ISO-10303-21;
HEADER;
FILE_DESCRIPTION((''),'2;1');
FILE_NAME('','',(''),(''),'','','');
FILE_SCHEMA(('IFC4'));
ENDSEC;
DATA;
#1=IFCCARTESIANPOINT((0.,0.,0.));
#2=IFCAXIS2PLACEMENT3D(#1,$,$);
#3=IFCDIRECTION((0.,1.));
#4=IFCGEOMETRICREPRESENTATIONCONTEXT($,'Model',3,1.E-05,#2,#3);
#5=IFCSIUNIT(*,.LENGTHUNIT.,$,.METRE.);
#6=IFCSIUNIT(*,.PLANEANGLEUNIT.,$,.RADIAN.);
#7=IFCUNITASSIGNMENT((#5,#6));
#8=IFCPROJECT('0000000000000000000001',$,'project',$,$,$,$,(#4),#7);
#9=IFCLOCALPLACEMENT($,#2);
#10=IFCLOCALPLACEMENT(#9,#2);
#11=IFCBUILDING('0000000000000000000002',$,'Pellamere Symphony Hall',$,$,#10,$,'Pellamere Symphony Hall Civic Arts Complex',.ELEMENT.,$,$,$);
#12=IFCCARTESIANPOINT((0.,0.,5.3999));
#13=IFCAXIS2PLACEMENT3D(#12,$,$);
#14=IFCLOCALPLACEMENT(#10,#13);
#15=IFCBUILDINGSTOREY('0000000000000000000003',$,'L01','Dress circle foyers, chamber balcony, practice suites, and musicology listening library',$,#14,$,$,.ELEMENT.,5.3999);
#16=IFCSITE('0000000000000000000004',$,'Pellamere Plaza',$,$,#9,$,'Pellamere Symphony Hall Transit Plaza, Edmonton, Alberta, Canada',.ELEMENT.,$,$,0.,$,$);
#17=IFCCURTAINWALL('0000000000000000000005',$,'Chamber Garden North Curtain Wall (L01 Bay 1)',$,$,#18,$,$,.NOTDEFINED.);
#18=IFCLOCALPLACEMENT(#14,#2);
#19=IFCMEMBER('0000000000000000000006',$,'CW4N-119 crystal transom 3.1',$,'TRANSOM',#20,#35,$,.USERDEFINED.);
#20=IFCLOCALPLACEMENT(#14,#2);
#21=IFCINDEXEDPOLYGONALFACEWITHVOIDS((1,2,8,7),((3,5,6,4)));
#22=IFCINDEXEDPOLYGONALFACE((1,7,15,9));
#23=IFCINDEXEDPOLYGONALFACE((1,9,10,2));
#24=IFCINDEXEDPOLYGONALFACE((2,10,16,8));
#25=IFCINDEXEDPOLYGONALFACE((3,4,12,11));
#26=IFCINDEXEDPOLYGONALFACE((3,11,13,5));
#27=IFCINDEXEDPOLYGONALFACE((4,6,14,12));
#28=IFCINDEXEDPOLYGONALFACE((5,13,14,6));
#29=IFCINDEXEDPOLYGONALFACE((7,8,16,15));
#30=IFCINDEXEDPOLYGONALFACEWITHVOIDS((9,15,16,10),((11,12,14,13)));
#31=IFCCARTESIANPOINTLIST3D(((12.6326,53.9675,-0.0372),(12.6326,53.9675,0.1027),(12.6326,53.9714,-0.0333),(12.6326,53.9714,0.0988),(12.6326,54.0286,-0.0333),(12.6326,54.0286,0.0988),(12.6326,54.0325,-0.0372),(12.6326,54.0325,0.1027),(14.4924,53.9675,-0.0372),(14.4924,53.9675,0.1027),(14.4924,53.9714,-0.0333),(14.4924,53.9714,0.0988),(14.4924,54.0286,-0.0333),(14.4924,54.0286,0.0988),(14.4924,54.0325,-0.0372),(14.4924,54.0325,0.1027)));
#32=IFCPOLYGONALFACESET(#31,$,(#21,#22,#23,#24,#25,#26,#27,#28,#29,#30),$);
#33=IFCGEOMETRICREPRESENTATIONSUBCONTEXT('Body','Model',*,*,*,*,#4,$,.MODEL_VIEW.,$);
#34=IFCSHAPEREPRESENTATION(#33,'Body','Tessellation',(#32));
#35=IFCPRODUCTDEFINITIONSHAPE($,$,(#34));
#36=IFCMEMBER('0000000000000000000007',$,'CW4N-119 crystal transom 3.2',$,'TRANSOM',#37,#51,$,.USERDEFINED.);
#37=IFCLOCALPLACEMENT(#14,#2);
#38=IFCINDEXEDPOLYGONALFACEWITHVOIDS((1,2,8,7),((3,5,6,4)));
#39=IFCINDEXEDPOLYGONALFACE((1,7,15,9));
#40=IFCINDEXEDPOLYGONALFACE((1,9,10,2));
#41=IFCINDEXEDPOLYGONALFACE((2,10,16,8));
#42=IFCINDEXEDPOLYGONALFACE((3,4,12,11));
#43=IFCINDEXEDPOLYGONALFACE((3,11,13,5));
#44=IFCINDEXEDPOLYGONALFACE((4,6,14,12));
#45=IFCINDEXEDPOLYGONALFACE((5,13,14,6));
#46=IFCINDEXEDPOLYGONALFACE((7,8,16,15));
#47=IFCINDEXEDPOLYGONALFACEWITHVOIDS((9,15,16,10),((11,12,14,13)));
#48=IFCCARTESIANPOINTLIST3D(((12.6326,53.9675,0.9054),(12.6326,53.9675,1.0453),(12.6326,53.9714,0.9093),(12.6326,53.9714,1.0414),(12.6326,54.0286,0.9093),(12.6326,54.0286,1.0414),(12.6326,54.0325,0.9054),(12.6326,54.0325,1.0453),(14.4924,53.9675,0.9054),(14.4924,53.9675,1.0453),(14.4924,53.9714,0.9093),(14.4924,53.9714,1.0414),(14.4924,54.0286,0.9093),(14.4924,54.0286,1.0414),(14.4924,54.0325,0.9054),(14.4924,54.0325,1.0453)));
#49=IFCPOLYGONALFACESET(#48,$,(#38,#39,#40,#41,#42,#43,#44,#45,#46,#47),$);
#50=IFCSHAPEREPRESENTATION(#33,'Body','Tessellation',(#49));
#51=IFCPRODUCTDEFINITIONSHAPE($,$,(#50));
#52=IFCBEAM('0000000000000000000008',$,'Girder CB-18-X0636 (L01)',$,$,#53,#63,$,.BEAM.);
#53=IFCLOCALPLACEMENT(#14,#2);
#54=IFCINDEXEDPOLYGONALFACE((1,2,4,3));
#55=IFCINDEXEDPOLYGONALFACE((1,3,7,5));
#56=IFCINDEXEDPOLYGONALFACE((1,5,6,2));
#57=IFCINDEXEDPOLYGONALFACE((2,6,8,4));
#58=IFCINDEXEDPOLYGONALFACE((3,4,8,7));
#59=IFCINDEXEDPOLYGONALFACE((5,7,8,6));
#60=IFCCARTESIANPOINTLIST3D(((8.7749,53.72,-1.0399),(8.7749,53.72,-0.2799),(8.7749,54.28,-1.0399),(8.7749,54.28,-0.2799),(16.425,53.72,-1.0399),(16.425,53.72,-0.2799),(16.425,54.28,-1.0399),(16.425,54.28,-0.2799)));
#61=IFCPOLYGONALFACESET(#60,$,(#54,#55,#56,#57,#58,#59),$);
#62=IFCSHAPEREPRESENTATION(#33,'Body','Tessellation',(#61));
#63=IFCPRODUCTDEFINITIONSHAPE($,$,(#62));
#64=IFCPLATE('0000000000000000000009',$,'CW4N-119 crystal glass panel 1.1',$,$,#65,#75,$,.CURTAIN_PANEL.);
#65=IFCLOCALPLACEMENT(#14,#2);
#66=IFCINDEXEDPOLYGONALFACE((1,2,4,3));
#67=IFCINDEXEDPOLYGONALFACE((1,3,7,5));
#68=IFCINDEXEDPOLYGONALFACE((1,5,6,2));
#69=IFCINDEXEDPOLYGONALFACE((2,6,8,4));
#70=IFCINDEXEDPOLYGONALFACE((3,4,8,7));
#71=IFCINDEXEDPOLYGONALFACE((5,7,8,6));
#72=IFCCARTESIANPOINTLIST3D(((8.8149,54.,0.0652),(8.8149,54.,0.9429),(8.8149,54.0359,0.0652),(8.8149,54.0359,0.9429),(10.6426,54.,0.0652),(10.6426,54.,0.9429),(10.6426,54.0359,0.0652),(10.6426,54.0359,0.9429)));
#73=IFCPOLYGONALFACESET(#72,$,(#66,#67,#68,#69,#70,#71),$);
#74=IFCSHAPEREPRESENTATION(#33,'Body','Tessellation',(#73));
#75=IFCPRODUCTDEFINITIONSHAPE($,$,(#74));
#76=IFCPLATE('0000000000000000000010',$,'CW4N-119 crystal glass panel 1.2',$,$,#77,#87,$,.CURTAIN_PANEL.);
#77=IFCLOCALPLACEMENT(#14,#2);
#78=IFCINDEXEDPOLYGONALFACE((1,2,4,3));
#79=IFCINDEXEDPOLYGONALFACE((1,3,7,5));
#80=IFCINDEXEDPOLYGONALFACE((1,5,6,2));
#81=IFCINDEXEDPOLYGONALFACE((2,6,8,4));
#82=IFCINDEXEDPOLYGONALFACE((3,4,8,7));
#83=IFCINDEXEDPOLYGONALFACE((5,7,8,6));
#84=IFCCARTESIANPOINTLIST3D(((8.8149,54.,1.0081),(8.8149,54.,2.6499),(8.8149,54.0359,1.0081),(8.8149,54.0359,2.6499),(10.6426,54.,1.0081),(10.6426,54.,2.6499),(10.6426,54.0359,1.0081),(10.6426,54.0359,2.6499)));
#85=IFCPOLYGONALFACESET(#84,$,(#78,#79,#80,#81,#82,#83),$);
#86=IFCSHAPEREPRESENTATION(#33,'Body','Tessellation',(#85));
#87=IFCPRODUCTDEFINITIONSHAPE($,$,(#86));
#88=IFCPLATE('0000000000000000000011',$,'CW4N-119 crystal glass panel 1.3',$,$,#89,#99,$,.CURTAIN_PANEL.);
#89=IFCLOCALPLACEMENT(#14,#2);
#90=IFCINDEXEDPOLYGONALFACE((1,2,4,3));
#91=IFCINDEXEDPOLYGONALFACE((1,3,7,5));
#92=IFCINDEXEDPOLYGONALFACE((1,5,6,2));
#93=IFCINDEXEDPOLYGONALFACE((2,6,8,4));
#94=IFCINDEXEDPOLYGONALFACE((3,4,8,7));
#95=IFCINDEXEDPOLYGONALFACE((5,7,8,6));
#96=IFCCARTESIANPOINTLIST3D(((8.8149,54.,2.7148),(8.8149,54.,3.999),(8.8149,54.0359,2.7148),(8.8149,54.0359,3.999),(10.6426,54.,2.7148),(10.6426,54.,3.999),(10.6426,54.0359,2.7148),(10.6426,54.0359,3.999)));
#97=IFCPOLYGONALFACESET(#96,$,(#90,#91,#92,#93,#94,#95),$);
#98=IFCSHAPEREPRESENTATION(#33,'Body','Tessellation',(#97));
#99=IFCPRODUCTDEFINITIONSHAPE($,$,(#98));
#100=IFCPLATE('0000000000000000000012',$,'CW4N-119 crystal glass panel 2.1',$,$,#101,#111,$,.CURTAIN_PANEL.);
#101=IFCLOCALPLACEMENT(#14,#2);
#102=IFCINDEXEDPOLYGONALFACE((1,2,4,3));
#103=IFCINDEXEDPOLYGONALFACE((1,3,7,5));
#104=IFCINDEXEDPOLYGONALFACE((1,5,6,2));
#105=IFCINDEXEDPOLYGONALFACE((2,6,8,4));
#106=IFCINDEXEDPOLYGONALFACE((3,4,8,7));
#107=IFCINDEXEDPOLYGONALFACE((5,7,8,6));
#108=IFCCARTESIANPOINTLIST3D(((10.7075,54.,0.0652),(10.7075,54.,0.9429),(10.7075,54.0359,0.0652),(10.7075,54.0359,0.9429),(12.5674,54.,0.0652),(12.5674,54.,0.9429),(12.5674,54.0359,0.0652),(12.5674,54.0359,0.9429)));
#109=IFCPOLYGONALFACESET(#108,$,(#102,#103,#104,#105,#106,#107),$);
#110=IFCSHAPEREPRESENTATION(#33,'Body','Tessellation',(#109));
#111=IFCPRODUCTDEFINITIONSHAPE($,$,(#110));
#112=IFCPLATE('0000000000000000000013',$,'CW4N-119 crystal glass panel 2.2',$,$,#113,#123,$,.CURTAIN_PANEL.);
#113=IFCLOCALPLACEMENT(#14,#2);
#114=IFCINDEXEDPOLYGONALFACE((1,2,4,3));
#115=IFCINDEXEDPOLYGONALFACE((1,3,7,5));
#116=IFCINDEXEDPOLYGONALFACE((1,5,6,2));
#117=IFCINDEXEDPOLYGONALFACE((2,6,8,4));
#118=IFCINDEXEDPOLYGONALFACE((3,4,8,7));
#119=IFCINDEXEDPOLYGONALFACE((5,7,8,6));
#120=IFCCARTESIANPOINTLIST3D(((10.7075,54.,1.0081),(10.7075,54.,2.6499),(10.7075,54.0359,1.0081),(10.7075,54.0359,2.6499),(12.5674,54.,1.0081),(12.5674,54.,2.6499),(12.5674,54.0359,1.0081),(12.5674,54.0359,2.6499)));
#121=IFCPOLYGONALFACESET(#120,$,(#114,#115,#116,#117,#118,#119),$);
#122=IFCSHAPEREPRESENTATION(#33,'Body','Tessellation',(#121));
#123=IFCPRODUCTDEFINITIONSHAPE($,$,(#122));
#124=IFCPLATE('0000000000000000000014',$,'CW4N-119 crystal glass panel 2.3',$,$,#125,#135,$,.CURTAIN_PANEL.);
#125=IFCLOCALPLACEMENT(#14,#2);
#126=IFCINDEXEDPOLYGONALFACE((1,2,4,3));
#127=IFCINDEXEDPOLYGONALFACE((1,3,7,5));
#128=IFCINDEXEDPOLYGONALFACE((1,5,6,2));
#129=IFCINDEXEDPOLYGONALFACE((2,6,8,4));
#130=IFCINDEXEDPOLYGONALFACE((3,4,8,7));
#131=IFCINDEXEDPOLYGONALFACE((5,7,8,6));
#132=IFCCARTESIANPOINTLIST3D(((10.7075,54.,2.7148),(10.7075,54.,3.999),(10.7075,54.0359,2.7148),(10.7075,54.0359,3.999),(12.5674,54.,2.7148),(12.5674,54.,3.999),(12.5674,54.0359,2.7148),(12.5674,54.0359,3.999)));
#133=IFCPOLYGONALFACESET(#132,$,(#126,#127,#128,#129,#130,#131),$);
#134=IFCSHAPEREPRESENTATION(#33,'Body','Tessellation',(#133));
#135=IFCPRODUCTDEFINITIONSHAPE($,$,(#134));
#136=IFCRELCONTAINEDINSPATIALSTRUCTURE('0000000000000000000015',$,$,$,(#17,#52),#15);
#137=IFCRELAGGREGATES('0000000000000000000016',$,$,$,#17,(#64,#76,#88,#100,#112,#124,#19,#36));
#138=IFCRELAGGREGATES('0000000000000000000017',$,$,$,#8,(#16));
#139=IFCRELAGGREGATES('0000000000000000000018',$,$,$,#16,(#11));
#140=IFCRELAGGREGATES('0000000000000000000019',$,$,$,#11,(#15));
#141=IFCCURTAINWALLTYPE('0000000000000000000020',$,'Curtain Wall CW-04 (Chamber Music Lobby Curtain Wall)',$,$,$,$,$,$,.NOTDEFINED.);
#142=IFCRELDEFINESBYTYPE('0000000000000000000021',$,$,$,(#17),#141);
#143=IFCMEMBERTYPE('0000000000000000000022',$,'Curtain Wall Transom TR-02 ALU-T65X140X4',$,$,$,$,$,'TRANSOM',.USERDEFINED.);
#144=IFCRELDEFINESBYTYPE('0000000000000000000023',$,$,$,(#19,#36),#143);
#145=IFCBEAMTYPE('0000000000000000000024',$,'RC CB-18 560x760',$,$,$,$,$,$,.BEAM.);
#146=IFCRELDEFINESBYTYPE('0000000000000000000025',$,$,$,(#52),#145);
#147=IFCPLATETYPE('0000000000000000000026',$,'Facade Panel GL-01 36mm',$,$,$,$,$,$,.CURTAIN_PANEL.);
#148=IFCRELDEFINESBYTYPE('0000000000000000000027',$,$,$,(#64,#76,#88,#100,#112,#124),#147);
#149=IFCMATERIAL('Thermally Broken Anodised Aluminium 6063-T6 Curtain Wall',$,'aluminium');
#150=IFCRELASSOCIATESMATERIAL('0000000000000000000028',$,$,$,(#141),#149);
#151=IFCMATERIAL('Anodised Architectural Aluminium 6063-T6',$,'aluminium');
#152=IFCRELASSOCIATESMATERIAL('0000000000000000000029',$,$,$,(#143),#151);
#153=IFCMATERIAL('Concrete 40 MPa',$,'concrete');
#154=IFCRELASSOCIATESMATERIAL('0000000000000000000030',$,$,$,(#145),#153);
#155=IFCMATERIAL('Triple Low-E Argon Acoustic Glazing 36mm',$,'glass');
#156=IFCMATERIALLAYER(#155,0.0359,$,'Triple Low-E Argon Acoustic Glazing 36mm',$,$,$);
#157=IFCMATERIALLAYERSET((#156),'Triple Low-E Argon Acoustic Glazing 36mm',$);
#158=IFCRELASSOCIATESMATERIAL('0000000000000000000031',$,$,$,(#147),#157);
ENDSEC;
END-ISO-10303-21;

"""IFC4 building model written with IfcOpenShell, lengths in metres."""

from ifc_helpers import new_model, si_unit, direction, frame, origin, origin_2d, place, context, subcontext, project, spatial, polyline, rectangle, hollow_rectangle, outline, extrude, material, layer, layer_set, material_profile, profile_set, type_object, element, aggregate, save


model = new_model("IFC4")

# Units and contexts
model_context = context("Model", 3, precision=1e-05, world=origin(), true_north=direction((0.0, 1.0)))
body_context = subcontext(model_context, "Body", "Model", "MODEL_VIEW")
ifc_project = project(units=[si_unit("LENGTHUNIT", "METRE"), si_unit("PLANEANGLEUNIT", "RADIAN")], contexts=[model_context])

# Site, building, storey
site_placement = place(None, origin())
site = spatial("IfcSite", under=ifc_project, at=site_placement, Name="Pellamere Plaza", LongName="Pellamere Symphony Hall Transit Plaza, Edmonton, Alberta, Canada", CompositionType="ELEMENT", RefElevation=0.0)
building_placement = place(site_placement, origin())
building = spatial("IfcBuilding", under=site, at=building_placement, Name="Pellamere Symphony Hall", LongName="Pellamere Symphony Hall Civic Arts Complex", CompositionType="ELEMENT")
storey_placement = place(building_placement, frame((0.0, 0.0, 5.3999)))
storey = spatial("IfcBuildingStorey", under=building, at=storey_placement, Name="L01", Description="Dress circle foyers, chamber balcony, practice suites, and musicology listening library", CompositionType="ELEMENT", Elevation=5.3999)

# Curtain wall, members
ifc_material_1 = material(Name="Thermally Broken Anodised Aluminium 6063-T6 Curtain Wall", Category="aluminium")
curtain_wall_type = type_object("IfcCurtainWallType", Name="Curtain Wall CW-04 (Chamber Music Lobby Curtain Wall)", PredefinedType="NOTDEFINED", material=ifc_material_1)
curtain_wall_placement = place(storey_placement, origin())
curtain_wall = element("IfcCurtainWall", 1, at=curtain_wall_placement, inside=storey, type_object=curtain_wall_type, Name="Chamber Garden North Curtain Wall (L01 Bay 1)", PredefinedType="NOTDEFINED")
ifc_material_2 = material(Name="Anodised Architectural Aluminium 6063-T6", Category="aluminium")
ifc_material_profile_1 = material_profile(ifc_material_2, hollow_rectangle(XDim=0.0649, YDim=0.1399, WallThickness=0.0039, at=origin_2d()), Name="ALU-T65X140X4")
ifc_profile_set_1 = profile_set([ifc_material_profile_1], Name="Anodised Architectural Aluminium 6063-T6")
member_type_1 = type_object("IfcMemberType", Name="Curtain Wall Transom TR-02 ALU-T65X140X4", ElementType="TRANSOM", PredefinedType="USERDEFINED", material=ifc_profile_set_1)
member_1_placement = place(storey_placement, frame((12.6326, 54.0, 0.0327), z_axis=(1.0, 0.0, 0.0), x_axis=(0.0, 1.0, 0.0)))
member_1 = element("IfcMember", 2, at=member_1_placement, type_object=member_type_1, Name="CW4N-119 crystal transom 3.1", ObjectType="TRANSOM", PredefinedType="USERDEFINED", context=body_context, shape_type="SweptSolid", body=[
    extrude(hollow_rectangle(XDim=0.0649, YDim=0.1399, WallThickness=0.0039, at=origin_2d()), origin(), (0.0, 0.0, 1.0), 1.8599),
])
member_2_placement = place(storey_placement, frame((12.6326, 54.0, 0.9753), z_axis=(1.0, 0.0, 0.0), x_axis=(0.0, 1.0, 0.0)))
member_2 = element("IfcMember", 3, at=member_2_placement, type_object=member_type_1, Name="CW4N-119 crystal transom 3.2", ObjectType="TRANSOM", PredefinedType="USERDEFINED", context=body_context, shape_type="SweptSolid", body=[
    extrude(hollow_rectangle(XDim=0.0649, YDim=0.1399, WallThickness=0.0039, at=origin_2d()), origin(), (0.0, 0.0, 1.0), 1.8599),
])

# Beam
ifc_material_3 = material(Name="Concrete 40 MPa", Category="concrete")
ifc_material_profile_2 = material_profile(ifc_material_3, rectangle(XDim=0.5601, YDim=0.76, at=origin_2d()), Name="RC 560x760")
ifc_profile_set_2 = profile_set([ifc_material_profile_2], Name="Concrete 40 MPa")
beam_type = type_object("IfcBeamType", Name="RC CB-18 560x760", PredefinedType="BEAM", material=ifc_profile_set_2)
beam_placement = place(storey_placement, frame((8.7749, 54.0, -0.6599), z_axis=(1.0, 0.0, 0.0), x_axis=(0.0, 1.0, 0.0)))
element("IfcBeam", 4, at=beam_placement, inside=storey, type_object=beam_type, Name="Girder CB-18-X0636 (L01)", PredefinedType="BEAM", context=body_context, shape_type="SweptSolid", body=[
    extrude(rectangle(XDim=0.5601, YDim=0.76, at=origin_2d()), origin(), (0.0, 0.0, 1.0), 7.6501),
])

# Plates
ifc_material_4 = material(Name="Triple Low-E Argon Acoustic Glazing 36mm", Category="glass")
ifc_layer = layer(ifc_material_4, 0.0359, Name="Triple Low-E Argon Acoustic Glazing 36mm")
ifc_layer_set = layer_set([ifc_layer], Name="Triple Low-E Argon Acoustic Glazing 36mm")
plate_type = type_object("IfcPlateType", Name="Facade Panel GL-01 36mm", PredefinedType="CURTAIN_PANEL", material=ifc_layer_set)
plate_1_placement = place(storey_placement, frame((8.8149, 54.0, 0.0652), z_axis=(0.0, -1.0, 0.0), x_axis=(1.0, 0.0, 0.0)))
plate_1 = element("IfcPlate", 5, at=plate_1_placement, type_object=plate_type, Name="CW4N-119 crystal glass panel 1.1", PredefinedType="CURTAIN_PANEL", context=body_context, shape_type="SweptSolid", body=[
    extrude(outline(polyline([(0.0, 0.0), (1.8276, 0.0), (1.8276, 0.8777), (0.0, 0.8777), (0.0, 0.0)])), origin(), (0.0, 0.0, -1.0), 0.0359),
])
plate_2_placement = place(storey_placement, frame((8.8149, 54.0, 1.0081), z_axis=(0.0, -1.0, 0.0), x_axis=(1.0, 0.0, 0.0)))
plate_2 = element("IfcPlate", 6, at=plate_2_placement, type_object=plate_type, Name="CW4N-119 crystal glass panel 1.2", PredefinedType="CURTAIN_PANEL", context=body_context, shape_type="SweptSolid", body=[
    extrude(outline(polyline([(0.0, 0.0), (1.8276, 0.0), (1.8276, 1.6418), (0.0, 1.6418), (0.0, 0.0)])), origin(), (0.0, 0.0, -1.0), 0.0359),
])
plate_3_placement = place(storey_placement, frame((8.8149, 54.0, 2.7148), z_axis=(0.0, -1.0, 0.0), x_axis=(1.0, 0.0, 0.0)))
plate_3 = element("IfcPlate", 7, at=plate_3_placement, type_object=plate_type, Name="CW4N-119 crystal glass panel 1.3", PredefinedType="CURTAIN_PANEL", context=body_context, shape_type="SweptSolid", body=[
    extrude(outline(polyline([(0.0, 0.0), (1.8276, 0.0), (1.8276, 1.2842), (0.0, 1.2842), (0.0, 0.0)])), origin(), (0.0, 0.0, -1.0), 0.0359),
])
plate_4_placement = place(storey_placement, frame((10.7075, 54.0, 0.0652), z_axis=(0.0, -1.0, 0.0), x_axis=(1.0, 0.0, 0.0)))
plate_4 = element("IfcPlate", 8, at=plate_4_placement, type_object=plate_type, Name="CW4N-119 crystal glass panel 2.1", PredefinedType="CURTAIN_PANEL", context=body_context, shape_type="SweptSolid", body=[
    extrude(outline(polyline([(0.0, 0.0), (1.8599, 0.0), (1.8599, 0.8777), (0.0, 0.8777), (0.0, 0.0)])), origin(), (0.0, 0.0, -1.0), 0.0359),
])
plate_5_placement = place(storey_placement, frame((10.7075, 54.0, 1.0081), z_axis=(0.0, -1.0, 0.0), x_axis=(1.0, 0.0, 0.0)))
plate_5 = element("IfcPlate", 9, at=plate_5_placement, type_object=plate_type, Name="CW4N-119 crystal glass panel 2.2", PredefinedType="CURTAIN_PANEL", context=body_context, shape_type="SweptSolid", body=[
    extrude(outline(polyline([(0.0, 0.0), (1.8599, 0.0), (1.8599, 1.6418), (0.0, 1.6418), (0.0, 0.0)])), origin(), (0.0, 0.0, -1.0), 0.0359),
])
plate_6_placement = place(storey_placement, frame((10.7075, 54.0, 2.7148), z_axis=(0.0, -1.0, 0.0), x_axis=(1.0, 0.0, 0.0)))
plate_6 = element("IfcPlate", 10, at=plate_6_placement, type_object=plate_type, Name="CW4N-119 crystal glass panel 2.3", PredefinedType="CURTAIN_PANEL", context=body_context, shape_type="SweptSolid", body=[
    extrude(outline(polyline([(0.0, 0.0), (1.8599, 0.0), (1.8599, 1.2842), (0.0, 1.2842), (0.0, 0.0)])), origin(), (0.0, 0.0, -1.0), 0.0359),
])
aggregate(curtain_wall, [plate_1, plate_2, plate_3, plate_4, plate_5, plate_6, member_1, member_2])

save(model, "model.ifc")
